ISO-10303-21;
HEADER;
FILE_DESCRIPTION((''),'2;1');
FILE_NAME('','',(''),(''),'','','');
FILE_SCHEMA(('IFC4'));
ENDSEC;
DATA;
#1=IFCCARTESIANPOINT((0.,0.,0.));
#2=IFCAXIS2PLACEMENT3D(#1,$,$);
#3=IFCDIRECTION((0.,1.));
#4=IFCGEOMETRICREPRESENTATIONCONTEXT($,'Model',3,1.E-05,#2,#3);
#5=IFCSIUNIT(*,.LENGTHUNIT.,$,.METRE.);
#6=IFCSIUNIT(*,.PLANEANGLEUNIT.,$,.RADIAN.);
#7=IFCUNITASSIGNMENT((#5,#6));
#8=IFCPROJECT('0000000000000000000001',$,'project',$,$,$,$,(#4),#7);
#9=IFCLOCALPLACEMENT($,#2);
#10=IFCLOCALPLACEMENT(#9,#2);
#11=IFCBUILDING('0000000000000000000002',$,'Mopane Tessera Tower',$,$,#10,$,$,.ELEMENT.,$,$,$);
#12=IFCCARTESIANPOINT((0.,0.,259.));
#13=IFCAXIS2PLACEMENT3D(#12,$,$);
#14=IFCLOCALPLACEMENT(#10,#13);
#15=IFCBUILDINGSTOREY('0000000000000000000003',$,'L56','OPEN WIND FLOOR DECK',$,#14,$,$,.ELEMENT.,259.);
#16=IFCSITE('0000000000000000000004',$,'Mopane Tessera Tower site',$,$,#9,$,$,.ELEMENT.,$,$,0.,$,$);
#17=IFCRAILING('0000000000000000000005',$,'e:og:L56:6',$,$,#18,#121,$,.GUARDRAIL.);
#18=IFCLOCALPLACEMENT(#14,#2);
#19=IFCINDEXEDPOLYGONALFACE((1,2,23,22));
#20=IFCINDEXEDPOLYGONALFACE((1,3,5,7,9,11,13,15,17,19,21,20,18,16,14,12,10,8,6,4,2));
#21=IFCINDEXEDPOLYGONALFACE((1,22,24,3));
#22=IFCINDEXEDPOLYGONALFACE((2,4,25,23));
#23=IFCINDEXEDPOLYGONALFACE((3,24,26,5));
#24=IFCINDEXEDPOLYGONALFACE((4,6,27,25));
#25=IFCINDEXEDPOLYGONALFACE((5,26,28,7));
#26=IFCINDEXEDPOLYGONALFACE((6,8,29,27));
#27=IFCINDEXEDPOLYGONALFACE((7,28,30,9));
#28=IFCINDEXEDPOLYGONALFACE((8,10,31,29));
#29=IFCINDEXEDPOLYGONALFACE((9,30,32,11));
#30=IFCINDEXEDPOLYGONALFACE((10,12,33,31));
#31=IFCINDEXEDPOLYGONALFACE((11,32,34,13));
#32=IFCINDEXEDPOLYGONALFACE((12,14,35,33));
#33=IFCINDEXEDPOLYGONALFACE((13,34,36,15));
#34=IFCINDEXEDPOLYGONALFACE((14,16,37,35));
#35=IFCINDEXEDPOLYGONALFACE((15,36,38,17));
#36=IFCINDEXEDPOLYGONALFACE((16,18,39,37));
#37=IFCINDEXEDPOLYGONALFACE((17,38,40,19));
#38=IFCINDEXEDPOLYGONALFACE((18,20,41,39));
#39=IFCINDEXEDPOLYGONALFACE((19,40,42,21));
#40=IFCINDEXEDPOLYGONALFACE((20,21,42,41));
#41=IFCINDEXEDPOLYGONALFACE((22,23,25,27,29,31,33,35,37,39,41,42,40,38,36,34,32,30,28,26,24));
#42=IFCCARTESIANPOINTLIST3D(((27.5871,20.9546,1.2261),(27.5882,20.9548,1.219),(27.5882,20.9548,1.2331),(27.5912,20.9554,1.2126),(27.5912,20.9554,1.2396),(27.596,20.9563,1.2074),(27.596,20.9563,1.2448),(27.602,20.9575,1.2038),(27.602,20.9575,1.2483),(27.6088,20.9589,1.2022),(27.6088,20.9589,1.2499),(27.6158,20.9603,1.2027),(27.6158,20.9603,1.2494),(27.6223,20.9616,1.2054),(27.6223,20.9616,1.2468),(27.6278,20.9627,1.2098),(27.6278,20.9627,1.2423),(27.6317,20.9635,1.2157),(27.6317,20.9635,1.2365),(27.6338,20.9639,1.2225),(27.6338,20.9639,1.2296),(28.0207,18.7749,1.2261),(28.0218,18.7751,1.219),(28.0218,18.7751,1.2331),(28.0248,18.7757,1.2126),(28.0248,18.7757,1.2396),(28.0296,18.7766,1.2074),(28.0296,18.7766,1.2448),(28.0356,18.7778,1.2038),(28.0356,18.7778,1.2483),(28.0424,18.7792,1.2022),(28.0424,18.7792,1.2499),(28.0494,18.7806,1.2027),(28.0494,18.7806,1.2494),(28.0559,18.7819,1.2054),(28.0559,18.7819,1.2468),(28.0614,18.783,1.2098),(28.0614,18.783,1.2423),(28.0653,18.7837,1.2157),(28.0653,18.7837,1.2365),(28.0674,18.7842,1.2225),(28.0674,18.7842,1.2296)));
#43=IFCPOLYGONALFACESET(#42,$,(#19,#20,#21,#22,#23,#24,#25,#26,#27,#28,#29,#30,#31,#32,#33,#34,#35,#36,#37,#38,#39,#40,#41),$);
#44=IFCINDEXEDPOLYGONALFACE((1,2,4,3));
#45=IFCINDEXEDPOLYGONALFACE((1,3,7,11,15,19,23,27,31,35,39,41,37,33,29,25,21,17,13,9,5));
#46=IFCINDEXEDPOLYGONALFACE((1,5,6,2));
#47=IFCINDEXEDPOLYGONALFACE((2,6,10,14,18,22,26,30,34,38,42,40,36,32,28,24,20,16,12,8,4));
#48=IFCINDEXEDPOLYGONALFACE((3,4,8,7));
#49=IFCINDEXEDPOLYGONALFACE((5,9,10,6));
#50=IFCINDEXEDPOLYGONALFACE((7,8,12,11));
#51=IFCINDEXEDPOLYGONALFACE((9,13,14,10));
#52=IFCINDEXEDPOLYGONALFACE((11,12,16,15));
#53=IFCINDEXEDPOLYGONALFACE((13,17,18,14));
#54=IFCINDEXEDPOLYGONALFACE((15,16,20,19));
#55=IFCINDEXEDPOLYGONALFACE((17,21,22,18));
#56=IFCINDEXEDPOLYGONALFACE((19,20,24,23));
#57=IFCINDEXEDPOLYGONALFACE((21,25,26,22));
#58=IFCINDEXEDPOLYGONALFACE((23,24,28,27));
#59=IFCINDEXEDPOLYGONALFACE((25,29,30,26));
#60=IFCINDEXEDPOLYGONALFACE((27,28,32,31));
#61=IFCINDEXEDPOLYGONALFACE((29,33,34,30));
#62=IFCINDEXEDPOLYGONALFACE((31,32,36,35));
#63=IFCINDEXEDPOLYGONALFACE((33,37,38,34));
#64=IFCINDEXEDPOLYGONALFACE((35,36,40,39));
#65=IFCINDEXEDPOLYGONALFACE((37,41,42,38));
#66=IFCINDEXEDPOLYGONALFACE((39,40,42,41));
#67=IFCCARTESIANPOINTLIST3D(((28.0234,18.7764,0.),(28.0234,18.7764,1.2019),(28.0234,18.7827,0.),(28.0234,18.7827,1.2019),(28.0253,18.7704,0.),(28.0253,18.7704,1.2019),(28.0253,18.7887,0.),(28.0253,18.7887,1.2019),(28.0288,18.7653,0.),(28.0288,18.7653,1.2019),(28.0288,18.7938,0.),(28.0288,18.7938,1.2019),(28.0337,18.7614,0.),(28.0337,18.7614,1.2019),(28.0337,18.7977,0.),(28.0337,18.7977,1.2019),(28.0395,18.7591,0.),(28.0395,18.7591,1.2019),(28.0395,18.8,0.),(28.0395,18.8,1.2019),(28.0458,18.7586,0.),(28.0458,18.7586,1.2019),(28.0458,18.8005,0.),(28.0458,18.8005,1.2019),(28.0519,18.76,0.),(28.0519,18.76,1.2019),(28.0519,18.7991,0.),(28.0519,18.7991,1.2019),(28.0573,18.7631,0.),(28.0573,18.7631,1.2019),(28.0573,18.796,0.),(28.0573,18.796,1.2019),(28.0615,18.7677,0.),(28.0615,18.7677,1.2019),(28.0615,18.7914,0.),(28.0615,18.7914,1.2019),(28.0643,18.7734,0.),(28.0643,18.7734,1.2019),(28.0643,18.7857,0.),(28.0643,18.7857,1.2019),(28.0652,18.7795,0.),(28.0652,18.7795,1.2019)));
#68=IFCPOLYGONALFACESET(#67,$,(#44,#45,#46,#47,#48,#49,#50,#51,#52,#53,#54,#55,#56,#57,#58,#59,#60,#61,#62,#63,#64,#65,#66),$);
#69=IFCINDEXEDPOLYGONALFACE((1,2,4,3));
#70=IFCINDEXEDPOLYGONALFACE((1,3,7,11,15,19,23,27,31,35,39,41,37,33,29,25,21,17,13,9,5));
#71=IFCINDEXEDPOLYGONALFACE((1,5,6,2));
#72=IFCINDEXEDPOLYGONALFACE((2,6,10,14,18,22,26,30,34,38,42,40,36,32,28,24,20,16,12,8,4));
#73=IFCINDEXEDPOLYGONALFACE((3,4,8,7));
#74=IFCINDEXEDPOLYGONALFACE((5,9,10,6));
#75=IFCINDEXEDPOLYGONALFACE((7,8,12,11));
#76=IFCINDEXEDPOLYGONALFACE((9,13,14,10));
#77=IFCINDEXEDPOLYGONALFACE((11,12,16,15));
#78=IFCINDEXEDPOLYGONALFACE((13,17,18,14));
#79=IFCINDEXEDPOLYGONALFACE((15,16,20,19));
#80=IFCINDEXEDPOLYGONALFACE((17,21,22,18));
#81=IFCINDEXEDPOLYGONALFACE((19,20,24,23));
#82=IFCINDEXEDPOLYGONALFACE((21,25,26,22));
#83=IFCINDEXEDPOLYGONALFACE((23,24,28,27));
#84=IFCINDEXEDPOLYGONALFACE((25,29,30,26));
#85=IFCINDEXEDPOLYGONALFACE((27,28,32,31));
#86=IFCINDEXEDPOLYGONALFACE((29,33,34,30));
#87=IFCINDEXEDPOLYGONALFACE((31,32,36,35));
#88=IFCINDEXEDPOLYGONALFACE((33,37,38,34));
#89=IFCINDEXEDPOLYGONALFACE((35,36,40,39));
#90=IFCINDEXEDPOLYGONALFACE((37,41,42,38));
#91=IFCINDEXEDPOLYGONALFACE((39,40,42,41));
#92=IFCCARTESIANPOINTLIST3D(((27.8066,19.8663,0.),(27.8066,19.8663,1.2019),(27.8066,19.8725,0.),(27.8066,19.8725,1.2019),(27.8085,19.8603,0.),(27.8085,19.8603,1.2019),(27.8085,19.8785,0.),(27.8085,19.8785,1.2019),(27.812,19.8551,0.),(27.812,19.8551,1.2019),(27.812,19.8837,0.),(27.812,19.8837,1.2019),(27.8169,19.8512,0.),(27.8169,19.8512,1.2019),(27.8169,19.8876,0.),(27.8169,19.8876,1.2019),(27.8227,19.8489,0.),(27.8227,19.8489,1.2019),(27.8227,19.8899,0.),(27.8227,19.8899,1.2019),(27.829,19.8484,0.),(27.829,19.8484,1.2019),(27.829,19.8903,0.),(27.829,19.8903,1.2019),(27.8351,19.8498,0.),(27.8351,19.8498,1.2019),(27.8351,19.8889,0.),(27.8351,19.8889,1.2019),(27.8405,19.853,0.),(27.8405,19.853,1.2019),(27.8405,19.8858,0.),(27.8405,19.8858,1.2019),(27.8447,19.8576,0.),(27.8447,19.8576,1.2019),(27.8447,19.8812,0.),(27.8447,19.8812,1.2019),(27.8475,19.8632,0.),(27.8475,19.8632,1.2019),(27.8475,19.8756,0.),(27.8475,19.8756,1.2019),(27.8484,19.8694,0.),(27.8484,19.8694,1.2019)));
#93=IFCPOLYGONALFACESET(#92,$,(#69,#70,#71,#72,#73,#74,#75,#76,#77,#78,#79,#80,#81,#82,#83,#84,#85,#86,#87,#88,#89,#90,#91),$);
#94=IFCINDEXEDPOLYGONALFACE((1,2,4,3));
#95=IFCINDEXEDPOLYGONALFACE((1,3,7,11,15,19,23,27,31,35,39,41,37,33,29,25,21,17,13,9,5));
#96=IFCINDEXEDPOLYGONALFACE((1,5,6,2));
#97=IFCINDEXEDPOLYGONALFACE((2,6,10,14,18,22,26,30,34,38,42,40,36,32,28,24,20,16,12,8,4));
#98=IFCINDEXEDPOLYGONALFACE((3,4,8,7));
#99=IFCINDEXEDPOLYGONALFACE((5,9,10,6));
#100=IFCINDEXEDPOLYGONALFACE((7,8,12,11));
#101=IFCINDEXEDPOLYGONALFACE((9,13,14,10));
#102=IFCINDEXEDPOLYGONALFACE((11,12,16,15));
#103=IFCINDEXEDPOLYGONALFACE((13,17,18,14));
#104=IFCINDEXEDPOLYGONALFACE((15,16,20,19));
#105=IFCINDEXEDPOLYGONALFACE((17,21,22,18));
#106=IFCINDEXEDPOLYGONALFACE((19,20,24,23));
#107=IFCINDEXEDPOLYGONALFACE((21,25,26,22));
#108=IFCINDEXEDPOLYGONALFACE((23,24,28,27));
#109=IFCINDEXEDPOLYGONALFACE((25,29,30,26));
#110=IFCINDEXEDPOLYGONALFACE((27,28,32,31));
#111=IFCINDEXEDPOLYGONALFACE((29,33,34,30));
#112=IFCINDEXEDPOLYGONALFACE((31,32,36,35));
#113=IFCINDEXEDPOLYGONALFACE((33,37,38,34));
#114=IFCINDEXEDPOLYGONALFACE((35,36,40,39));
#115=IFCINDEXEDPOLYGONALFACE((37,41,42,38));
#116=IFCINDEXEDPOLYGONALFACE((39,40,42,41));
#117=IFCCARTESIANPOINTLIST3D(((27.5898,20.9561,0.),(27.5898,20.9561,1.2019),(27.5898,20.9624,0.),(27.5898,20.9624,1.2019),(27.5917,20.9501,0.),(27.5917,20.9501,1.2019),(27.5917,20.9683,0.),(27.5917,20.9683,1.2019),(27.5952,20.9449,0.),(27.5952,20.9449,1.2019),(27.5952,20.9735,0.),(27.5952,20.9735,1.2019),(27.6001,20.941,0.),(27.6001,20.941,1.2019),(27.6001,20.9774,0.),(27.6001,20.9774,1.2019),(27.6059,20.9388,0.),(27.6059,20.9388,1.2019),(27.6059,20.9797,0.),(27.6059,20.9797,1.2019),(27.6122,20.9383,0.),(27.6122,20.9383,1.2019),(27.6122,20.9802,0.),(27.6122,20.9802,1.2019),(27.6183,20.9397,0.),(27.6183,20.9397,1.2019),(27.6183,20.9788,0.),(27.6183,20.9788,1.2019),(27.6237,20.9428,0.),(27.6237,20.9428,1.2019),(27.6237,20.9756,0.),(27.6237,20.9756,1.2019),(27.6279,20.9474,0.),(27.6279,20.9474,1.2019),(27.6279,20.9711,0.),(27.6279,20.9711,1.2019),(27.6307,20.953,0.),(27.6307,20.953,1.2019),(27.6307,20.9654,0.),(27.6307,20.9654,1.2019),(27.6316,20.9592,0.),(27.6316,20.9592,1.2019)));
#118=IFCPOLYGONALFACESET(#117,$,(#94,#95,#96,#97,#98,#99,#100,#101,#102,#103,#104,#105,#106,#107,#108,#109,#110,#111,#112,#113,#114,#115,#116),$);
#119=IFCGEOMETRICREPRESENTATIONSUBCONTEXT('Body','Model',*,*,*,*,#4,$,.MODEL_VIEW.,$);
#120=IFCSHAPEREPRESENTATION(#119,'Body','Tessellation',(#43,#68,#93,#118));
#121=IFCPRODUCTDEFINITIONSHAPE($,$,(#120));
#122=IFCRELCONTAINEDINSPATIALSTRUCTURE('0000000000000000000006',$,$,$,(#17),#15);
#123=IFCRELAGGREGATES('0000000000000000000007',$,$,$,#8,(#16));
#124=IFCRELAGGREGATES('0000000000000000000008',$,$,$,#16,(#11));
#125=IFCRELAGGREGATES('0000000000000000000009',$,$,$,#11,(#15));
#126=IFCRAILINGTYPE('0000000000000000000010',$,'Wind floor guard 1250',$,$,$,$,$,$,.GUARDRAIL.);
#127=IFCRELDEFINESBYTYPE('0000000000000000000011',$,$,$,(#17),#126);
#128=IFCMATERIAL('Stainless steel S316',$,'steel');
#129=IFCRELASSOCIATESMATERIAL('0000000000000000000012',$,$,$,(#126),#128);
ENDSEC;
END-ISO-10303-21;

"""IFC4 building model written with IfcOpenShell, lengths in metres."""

from ifc_helpers import new_model, si_unit, direction, frame, origin, origin_2d, place, context, subcontext, project, spatial, circle, extrude, material, type_object, element, save


model = new_model("IFC4")

# Units and contexts
model_context = context("Model", 3, precision=1e-05, world=origin(), true_north=direction((0.0, 1.0)))
body_context = subcontext(model_context, "Body", "Model", "MODEL_VIEW")
ifc_project = project(units=[si_unit("LENGTHUNIT", "METRE"), si_unit("PLANEANGLEUNIT", "RADIAN")], contexts=[model_context])

# Site, building, storey
site_placement = place(None, origin())
site = spatial("IfcSite", under=ifc_project, at=site_placement, Name="Mopane Tessera Tower site", CompositionType="ELEMENT", RefElevation=0.0)
building_placement = place(site_placement, origin())
building = spatial("IfcBuilding", under=site, at=building_placement, Name="Mopane Tessera Tower", CompositionType="ELEMENT")
storey_placement = place(building_placement, frame((0.0, 0.0, 259.0)))
storey = spatial("IfcBuildingStorey", under=building, at=storey_placement, Name="L56", Description="OPEN WIND FLOOR DECK", CompositionType="ELEMENT", Elevation=259.0)

# Railing
ifc_material_1 = material(Name="Stainless steel S316", Category="steel")
railing_type = type_object("IfcRailingType", Name="Wind floor guard 1250", PredefinedType="GUARDRAIL", material=ifc_material_1)
railing_1_placement = place(storey_placement, frame((28.0442, 18.7795, 0.0)))
element("IfcRailing", 1, at=railing_1_placement, inside=storey, type_object=railing_type, Name="e:og:L56:6", PredefinedType="GUARDRAIL", context=body_context, shape_type="SweptSolid", body=[
    extrude(circle(Radius=0.0239, at=origin_2d()), frame((0.0, 0.0, 1.2261), z_axis=(-0.195102, 0.980783, 0.0), x_axis=(-0.980783, -0.195102, 0.0)), (0.0, 0.0, 1.0), 2.2224),
    extrude(circle(Radius=0.021, at=origin_2d()), origin(), (0.0, 0.0, 1.0), 1.2019),
    extrude(circle(Radius=0.021, at=origin_2d()), frame((-0.2168, 1.0898, 0.0)), (0.0, 0.0, 1.0), 1.2019),
    extrude(circle(Radius=0.021, at=origin_2d()), frame((-0.4336, 2.1797, 0.0)), (0.0, 0.0, 1.0), 1.2019),
])

save(model, "model.ifc")
